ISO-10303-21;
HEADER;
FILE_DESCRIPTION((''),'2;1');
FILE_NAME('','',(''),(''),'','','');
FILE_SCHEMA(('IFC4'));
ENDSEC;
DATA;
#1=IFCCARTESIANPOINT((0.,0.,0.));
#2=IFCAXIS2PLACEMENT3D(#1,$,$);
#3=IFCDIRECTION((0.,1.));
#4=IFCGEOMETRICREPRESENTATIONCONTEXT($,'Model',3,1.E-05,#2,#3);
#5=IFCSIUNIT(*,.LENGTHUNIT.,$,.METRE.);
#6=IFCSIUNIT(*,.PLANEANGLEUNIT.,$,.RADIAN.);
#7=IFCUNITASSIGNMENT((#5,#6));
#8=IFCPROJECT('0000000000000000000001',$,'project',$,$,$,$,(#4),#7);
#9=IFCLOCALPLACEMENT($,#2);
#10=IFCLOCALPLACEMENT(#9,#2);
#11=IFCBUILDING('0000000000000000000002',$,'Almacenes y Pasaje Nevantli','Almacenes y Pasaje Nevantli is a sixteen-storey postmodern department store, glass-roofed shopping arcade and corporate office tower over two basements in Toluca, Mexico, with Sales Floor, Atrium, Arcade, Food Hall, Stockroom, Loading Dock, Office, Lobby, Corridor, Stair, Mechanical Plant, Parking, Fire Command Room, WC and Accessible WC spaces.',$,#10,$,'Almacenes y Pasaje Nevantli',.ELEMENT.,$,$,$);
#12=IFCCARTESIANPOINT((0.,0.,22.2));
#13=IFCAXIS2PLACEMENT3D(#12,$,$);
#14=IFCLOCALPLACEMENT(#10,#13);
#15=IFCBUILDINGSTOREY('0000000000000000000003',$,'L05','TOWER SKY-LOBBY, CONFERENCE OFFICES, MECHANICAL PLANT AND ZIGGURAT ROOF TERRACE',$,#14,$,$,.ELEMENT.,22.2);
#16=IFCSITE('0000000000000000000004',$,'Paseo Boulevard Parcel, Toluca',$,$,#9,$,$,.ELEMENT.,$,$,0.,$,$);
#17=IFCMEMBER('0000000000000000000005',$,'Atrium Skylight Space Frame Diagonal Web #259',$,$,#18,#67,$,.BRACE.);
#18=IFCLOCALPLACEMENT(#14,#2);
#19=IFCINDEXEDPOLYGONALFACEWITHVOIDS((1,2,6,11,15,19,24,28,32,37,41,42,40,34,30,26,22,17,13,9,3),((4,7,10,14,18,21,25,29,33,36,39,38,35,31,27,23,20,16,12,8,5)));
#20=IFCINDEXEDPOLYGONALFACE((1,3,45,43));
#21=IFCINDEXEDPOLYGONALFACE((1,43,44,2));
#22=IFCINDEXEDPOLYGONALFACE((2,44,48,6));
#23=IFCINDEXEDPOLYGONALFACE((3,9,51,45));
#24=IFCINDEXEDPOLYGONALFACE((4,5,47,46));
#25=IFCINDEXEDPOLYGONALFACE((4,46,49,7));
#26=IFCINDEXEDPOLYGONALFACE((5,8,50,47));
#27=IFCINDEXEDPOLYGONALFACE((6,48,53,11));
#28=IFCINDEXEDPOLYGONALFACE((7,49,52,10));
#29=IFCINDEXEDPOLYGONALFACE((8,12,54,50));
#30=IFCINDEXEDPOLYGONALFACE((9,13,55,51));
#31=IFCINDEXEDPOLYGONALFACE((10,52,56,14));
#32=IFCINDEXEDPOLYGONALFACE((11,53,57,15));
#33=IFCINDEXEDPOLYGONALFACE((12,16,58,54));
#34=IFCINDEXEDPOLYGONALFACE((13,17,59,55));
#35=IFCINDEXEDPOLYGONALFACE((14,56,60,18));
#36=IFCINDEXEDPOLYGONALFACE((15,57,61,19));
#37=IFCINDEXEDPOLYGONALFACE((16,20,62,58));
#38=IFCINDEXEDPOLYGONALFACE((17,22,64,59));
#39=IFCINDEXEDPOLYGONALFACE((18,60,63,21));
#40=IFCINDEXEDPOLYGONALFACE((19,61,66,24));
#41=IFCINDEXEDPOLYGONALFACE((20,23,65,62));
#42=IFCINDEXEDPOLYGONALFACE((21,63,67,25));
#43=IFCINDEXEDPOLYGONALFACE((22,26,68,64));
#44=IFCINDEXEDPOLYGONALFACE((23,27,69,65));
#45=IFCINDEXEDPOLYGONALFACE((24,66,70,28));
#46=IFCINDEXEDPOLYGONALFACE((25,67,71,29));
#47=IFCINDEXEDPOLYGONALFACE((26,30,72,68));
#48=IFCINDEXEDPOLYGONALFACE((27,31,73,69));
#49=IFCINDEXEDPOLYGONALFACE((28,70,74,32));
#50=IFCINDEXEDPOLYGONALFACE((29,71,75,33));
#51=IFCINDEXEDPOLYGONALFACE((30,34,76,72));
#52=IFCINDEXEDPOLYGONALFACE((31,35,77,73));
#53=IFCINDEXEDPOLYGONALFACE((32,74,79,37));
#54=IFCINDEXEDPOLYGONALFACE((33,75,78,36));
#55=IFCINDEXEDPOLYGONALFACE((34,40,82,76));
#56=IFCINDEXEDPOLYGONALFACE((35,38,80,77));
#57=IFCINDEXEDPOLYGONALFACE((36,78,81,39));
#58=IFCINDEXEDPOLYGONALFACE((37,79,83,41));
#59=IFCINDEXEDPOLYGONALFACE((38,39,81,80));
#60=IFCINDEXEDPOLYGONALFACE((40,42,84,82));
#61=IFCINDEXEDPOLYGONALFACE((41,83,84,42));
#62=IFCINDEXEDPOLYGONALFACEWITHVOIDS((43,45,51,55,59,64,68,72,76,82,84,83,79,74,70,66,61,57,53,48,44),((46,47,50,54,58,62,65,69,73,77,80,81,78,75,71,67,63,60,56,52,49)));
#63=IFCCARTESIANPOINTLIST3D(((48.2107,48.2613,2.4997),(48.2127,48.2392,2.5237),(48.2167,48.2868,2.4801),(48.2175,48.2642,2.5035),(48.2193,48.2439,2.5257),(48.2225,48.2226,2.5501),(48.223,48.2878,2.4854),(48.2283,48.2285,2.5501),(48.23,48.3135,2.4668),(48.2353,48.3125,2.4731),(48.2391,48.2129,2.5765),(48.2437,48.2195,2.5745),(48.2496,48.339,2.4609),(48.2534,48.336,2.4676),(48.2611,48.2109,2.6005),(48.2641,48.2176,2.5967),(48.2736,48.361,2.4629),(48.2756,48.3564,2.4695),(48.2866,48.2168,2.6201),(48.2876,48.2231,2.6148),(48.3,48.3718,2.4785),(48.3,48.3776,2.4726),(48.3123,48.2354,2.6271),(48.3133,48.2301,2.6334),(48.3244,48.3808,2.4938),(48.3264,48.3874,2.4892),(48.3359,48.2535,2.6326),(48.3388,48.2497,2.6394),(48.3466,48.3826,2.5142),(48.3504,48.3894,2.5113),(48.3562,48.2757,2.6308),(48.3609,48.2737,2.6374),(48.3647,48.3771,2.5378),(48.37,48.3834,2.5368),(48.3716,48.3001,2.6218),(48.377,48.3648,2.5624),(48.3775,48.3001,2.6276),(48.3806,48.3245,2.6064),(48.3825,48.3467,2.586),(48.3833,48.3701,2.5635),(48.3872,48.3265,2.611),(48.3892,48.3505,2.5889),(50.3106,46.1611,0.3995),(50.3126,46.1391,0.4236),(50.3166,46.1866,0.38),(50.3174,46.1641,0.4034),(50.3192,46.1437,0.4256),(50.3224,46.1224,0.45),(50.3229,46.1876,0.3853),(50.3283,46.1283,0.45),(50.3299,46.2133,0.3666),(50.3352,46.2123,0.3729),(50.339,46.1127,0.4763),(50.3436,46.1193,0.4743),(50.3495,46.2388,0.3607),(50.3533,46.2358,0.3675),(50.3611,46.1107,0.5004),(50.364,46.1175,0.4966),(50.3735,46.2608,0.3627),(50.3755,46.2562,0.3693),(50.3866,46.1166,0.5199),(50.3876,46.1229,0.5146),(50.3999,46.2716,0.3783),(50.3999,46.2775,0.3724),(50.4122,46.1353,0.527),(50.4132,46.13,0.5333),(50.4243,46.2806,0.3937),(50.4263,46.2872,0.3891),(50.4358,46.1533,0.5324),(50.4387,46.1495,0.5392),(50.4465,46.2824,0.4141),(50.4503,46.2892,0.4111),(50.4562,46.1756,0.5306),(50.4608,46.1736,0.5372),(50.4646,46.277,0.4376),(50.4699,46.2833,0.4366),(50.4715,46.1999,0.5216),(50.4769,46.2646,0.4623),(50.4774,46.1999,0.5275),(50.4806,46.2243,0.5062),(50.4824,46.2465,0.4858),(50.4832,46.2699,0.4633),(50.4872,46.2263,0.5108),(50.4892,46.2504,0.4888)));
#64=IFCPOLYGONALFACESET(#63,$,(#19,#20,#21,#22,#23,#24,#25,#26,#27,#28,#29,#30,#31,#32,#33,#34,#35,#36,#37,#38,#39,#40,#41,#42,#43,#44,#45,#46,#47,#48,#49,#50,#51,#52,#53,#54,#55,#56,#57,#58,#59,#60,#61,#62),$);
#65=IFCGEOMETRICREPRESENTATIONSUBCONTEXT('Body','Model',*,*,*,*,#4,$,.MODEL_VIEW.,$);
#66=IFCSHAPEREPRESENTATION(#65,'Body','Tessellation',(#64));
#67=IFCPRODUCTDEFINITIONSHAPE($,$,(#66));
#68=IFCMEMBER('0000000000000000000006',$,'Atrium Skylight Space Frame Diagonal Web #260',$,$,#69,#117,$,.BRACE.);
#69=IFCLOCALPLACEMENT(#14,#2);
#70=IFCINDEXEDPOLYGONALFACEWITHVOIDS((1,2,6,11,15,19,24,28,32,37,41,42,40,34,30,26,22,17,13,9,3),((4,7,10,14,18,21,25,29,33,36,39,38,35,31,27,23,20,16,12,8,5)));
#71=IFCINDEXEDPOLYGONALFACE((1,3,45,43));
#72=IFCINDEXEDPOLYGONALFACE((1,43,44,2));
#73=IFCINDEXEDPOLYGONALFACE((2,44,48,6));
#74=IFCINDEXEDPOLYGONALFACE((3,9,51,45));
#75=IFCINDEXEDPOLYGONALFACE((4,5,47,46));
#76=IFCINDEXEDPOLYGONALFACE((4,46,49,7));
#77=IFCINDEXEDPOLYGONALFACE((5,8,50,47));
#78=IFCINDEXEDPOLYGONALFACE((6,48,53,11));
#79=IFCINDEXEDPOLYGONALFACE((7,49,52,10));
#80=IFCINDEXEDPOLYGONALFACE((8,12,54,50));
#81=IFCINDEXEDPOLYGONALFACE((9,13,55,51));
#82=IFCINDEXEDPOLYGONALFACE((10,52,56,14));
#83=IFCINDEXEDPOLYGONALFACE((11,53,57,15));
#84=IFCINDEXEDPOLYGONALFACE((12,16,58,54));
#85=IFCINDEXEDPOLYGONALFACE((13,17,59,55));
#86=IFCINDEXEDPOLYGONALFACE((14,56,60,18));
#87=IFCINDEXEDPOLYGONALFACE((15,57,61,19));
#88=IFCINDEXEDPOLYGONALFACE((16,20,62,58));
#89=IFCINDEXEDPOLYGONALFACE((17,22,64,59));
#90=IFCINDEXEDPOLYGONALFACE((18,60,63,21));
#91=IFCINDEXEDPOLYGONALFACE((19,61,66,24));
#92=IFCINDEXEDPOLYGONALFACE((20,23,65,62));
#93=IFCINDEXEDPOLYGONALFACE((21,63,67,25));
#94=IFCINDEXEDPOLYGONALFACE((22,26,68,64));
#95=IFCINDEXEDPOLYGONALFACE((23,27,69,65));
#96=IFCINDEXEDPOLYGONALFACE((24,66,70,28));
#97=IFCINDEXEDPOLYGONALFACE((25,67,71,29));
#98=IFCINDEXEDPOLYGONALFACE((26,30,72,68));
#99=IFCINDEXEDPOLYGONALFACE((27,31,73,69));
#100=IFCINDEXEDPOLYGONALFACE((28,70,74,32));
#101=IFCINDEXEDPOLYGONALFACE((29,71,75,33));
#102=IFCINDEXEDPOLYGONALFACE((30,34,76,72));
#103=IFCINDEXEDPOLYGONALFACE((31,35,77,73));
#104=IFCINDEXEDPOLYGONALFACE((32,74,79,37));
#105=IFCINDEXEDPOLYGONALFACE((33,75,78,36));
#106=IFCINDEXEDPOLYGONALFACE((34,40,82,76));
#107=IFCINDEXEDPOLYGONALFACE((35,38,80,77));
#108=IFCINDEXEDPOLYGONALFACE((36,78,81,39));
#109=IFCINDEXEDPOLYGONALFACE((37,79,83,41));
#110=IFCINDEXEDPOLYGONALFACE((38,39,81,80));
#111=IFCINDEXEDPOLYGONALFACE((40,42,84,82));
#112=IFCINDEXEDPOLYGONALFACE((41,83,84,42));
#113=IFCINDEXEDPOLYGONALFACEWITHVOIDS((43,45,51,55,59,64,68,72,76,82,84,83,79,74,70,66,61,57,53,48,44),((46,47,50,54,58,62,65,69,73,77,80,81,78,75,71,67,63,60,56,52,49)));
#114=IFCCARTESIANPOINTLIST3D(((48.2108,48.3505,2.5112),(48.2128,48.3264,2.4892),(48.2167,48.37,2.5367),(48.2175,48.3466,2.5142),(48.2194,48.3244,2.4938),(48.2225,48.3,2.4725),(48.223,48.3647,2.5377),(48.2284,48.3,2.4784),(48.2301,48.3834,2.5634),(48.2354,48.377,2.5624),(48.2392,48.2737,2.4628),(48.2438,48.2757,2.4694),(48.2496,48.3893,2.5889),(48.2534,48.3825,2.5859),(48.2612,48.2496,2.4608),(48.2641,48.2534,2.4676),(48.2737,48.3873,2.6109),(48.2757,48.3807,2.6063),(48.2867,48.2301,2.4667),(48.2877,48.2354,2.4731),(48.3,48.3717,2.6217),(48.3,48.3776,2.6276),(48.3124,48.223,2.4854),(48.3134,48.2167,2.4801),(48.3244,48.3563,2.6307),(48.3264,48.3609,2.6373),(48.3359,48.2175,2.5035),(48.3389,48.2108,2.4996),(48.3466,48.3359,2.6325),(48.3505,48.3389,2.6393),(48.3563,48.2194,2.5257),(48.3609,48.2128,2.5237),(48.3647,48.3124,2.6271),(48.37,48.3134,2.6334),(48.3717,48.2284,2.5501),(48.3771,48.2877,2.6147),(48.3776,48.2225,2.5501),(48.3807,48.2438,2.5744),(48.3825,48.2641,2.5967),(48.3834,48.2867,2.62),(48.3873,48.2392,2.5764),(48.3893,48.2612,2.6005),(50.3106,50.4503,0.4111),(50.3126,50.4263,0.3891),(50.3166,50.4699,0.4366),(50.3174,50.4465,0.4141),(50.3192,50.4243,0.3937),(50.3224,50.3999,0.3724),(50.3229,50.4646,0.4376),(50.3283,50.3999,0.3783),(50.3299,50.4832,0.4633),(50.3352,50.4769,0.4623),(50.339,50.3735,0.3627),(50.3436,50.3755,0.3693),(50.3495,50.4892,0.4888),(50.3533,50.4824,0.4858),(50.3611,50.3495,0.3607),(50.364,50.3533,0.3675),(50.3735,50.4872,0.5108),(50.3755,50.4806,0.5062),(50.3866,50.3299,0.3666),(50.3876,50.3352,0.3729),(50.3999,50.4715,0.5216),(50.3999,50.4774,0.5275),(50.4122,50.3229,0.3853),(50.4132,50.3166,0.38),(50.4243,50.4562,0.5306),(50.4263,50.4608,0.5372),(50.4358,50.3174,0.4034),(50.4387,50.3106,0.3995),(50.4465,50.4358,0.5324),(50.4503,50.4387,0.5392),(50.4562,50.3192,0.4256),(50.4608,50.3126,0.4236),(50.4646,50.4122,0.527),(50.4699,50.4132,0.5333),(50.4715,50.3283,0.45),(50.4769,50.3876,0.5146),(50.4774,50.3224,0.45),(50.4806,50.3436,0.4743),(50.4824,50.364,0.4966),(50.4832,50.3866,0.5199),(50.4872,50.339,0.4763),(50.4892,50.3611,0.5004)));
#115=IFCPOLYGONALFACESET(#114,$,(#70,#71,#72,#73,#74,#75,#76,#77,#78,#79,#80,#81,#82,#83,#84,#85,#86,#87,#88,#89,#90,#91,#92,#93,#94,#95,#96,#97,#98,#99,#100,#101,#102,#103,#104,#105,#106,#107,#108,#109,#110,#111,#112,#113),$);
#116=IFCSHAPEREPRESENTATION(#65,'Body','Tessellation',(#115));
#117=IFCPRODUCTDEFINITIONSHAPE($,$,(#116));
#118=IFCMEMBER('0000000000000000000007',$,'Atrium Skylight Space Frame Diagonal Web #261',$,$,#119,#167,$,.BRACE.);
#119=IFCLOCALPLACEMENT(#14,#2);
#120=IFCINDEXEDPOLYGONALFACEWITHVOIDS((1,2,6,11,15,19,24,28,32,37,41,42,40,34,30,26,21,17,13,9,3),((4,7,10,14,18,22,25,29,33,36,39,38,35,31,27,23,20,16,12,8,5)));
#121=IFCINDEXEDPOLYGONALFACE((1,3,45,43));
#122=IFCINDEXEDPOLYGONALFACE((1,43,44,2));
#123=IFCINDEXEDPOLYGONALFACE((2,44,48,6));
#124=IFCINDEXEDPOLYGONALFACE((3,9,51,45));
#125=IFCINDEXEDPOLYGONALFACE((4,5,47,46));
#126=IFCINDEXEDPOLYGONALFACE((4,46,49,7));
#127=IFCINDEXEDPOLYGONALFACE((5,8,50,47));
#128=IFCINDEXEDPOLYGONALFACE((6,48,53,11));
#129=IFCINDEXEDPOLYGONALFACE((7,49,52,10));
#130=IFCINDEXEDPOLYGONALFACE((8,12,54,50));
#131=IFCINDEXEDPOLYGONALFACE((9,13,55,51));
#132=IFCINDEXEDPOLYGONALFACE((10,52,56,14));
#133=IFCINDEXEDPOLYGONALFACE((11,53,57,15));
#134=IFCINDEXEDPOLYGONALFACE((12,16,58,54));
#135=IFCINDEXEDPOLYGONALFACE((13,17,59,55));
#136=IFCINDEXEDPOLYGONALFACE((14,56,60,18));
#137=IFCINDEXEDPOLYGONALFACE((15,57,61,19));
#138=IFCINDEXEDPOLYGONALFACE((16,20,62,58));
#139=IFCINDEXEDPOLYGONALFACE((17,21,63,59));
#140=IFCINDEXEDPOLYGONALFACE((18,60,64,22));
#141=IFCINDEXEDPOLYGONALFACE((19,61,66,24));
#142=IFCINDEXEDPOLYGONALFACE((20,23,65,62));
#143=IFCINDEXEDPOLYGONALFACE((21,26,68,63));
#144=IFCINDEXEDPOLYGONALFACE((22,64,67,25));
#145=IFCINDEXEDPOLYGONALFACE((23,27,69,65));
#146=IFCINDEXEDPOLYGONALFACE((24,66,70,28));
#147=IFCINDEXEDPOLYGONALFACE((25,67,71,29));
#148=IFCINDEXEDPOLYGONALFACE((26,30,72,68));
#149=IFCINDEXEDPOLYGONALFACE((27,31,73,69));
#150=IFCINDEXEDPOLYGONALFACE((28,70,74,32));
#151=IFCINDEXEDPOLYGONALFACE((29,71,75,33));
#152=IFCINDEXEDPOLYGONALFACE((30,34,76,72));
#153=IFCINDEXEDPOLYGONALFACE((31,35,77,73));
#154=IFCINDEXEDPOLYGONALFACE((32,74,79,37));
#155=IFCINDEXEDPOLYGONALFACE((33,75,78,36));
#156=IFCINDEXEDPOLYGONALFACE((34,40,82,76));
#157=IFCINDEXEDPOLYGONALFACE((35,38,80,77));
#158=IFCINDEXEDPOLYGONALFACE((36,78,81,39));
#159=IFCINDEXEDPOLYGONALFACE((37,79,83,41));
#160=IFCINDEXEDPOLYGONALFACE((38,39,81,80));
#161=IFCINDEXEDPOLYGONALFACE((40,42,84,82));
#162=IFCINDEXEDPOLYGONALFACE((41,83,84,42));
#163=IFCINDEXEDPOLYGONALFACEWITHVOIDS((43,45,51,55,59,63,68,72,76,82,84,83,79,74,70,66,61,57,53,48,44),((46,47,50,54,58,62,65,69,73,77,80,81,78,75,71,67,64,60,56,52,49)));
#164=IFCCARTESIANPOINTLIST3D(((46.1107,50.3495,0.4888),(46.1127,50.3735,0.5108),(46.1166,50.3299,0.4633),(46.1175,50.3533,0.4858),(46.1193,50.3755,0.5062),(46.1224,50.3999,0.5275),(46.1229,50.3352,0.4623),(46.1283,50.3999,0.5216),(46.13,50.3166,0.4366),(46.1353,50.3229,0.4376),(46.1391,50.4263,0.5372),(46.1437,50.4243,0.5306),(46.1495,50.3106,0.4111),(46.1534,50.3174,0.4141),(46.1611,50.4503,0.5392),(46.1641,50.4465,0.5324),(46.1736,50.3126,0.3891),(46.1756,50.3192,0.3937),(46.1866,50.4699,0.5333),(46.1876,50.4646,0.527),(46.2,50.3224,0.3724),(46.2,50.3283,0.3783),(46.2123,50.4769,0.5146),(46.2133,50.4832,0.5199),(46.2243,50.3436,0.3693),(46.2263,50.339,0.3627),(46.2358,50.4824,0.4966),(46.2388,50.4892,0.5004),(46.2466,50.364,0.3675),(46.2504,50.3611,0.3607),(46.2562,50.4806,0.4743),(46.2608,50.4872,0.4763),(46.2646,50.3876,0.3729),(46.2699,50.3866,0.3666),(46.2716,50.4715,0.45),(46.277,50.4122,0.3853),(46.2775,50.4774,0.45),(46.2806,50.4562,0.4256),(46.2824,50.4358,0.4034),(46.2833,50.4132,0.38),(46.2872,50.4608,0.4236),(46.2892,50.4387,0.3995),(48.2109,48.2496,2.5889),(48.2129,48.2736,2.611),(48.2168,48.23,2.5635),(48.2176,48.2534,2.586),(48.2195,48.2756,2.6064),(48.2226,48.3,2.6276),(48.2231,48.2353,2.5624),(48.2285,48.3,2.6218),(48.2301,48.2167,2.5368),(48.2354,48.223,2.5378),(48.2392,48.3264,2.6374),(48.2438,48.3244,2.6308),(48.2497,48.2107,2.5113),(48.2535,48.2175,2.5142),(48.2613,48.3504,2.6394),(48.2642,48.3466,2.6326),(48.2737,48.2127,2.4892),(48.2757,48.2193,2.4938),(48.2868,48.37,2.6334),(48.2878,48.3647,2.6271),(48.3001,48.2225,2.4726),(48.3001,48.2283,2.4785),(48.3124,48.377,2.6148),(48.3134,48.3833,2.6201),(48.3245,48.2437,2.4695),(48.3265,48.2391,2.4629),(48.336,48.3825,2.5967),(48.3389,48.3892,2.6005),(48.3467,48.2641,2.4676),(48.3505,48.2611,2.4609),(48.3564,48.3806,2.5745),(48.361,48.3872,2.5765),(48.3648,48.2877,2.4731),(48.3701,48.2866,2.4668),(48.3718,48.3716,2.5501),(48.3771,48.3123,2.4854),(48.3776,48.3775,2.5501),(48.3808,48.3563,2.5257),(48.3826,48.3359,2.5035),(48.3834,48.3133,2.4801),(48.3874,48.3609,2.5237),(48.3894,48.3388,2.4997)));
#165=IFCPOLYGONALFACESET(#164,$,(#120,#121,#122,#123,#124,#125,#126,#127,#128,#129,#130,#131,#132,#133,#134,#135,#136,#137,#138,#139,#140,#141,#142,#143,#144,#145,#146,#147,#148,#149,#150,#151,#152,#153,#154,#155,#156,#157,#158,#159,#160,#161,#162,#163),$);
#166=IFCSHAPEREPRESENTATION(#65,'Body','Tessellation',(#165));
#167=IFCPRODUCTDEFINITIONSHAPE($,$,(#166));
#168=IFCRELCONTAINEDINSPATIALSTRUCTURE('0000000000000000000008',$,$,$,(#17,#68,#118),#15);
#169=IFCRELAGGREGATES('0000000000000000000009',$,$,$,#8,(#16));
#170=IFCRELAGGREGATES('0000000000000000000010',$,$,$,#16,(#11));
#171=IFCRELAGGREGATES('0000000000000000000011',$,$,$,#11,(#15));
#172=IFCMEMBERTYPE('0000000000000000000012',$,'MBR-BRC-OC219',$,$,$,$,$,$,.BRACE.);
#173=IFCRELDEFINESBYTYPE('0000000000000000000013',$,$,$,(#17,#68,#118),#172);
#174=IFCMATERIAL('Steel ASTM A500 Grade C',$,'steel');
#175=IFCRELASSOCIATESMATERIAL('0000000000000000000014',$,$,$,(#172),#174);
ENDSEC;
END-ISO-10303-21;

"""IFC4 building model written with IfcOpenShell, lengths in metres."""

from ifc_helpers import new_model, si_unit, direction, frame, origin, origin_2d, place, context, subcontext, project, spatial, hollow_circle, extrude, material, material_profile, profile_set, type_object, element, save


model = new_model("IFC4")

# Units and contexts
model_context = context("Model", 3, precision=1e-05, world=origin(), true_north=direction((0.0, 1.0)))
body_context = subcontext(model_context, "Body", "Model", "MODEL_VIEW")
ifc_project = project(units=[si_unit("LENGTHUNIT", "METRE"), si_unit("PLANEANGLEUNIT", "RADIAN")], contexts=[model_context])

# Site, building, storey
site_placement = place(None, origin())
site = spatial("IfcSite", under=ifc_project, at=site_placement, Name="Paseo Boulevard Parcel, Toluca", CompositionType="ELEMENT", RefElevation=0.0)
building_placement = place(site_placement, origin())
building = spatial("IfcBuilding", under=site, at=building_placement, Name="Almacenes y Pasaje Nevantli", Description="Almacenes y Pasaje Nevantli is a sixteen-storey postmodern department store, glass-roofed shopping arcade and corporate office tower over two basements in Toluca, Mexico, with Sales Floor, Atrium, Arcade, Food Hall, Stockroom, Loading Dock, Office, Lobby, Corridor, Stair, Mechanical Plant, Parking, Fire Command Room, WC and Accessible WC spaces.", LongName="Almacenes y Pasaje Nevantli", CompositionType="ELEMENT")
storey_placement = place(building_placement, frame((0.0, 0.0, 22.2)))
storey = spatial("IfcBuildingStorey", under=building, at=storey_placement, Name="L05", Description="TOWER SKY-LOBBY, CONFERENCE OFFICES, MECHANICAL PLANT AND ZIGGURAT ROOF TERRACE", CompositionType="ELEMENT", Elevation=22.2)

# Members
ifc_material_1 = material(Name="Steel ASTM A500 Grade C", Category="steel")
ifc_material_profile_1 = material_profile(ifc_material_1, hollow_circle(Radius=0.1096, WallThickness=0.0083, at=origin_2d()), Name="OC 219x8.2")
ifc_profile_set_1 = profile_set([ifc_material_profile_1], Name="Steel ASTM A500 Grade C")
member_type_1 = type_object("IfcMemberType", Name="MBR-BRC-OC219", PredefinedType="BRACE", material=ifc_profile_set_1)
for number, where, z_axis, x_axis, name in (
    (1, (50.3999, 46.2, 0.45), (-0.577306, 0.577373, 0.577373), (-0.707148, -0.707066, 0.0), "Atrium Skylight Space Frame Diagonal Web #259"),
):
    element("IfcMember", number, at=place(storey_placement, frame(where, z_axis=z_axis, x_axis=x_axis)), inside=storey, type_object=member_type_1, Name=name, PredefinedType="BRACE", context=body_context, shape_type="SweptSolid", body=[
        extrude(hollow_circle(Radius=0.1096, WallThickness=0.0083, at=origin_2d()), origin(), (0.0, 0.0, 1.0), 3.6375),
    ])
member_1_placement = place(storey_placement, frame((50.3999, 50.3999, 0.45), z_axis=(-0.577328, -0.577328, 0.577395), x_axis=(0.707107, -0.707107, 0.0)))
element("IfcMember", 2, at=member_1_placement, inside=storey, type_object=member_type_1, Name="Atrium Skylight Space Frame Diagonal Web #260", PredefinedType="BRACE", context=body_context, shape_type="SweptSolid", body=[
    extrude(hollow_circle(Radius=0.1096, WallThickness=0.0083, at=origin_2d()), origin(), (0.0, 0.0, 1.0), 3.6372),
])
for number, where, z_axis, x_axis, name in (
    (3, (46.2, 50.3999, 0.45), (0.577373, -0.577306, 0.577373), (0.707066, 0.707148, 0.0), "Atrium Skylight Space Frame Diagonal Web #261"),
):
    element("IfcMember", number, at=place(storey_placement, frame(where, z_axis=z_axis, x_axis=x_axis)), inside=storey, type_object=member_type_1, Name=name, PredefinedType="BRACE", context=body_context, shape_type="SweptSolid", body=[
        extrude(hollow_circle(Radius=0.1096, WallThickness=0.0083, at=origin_2d()), origin(), (0.0, 0.0, 1.0), 3.6375),
    ])

save(model, "model.ifc")
